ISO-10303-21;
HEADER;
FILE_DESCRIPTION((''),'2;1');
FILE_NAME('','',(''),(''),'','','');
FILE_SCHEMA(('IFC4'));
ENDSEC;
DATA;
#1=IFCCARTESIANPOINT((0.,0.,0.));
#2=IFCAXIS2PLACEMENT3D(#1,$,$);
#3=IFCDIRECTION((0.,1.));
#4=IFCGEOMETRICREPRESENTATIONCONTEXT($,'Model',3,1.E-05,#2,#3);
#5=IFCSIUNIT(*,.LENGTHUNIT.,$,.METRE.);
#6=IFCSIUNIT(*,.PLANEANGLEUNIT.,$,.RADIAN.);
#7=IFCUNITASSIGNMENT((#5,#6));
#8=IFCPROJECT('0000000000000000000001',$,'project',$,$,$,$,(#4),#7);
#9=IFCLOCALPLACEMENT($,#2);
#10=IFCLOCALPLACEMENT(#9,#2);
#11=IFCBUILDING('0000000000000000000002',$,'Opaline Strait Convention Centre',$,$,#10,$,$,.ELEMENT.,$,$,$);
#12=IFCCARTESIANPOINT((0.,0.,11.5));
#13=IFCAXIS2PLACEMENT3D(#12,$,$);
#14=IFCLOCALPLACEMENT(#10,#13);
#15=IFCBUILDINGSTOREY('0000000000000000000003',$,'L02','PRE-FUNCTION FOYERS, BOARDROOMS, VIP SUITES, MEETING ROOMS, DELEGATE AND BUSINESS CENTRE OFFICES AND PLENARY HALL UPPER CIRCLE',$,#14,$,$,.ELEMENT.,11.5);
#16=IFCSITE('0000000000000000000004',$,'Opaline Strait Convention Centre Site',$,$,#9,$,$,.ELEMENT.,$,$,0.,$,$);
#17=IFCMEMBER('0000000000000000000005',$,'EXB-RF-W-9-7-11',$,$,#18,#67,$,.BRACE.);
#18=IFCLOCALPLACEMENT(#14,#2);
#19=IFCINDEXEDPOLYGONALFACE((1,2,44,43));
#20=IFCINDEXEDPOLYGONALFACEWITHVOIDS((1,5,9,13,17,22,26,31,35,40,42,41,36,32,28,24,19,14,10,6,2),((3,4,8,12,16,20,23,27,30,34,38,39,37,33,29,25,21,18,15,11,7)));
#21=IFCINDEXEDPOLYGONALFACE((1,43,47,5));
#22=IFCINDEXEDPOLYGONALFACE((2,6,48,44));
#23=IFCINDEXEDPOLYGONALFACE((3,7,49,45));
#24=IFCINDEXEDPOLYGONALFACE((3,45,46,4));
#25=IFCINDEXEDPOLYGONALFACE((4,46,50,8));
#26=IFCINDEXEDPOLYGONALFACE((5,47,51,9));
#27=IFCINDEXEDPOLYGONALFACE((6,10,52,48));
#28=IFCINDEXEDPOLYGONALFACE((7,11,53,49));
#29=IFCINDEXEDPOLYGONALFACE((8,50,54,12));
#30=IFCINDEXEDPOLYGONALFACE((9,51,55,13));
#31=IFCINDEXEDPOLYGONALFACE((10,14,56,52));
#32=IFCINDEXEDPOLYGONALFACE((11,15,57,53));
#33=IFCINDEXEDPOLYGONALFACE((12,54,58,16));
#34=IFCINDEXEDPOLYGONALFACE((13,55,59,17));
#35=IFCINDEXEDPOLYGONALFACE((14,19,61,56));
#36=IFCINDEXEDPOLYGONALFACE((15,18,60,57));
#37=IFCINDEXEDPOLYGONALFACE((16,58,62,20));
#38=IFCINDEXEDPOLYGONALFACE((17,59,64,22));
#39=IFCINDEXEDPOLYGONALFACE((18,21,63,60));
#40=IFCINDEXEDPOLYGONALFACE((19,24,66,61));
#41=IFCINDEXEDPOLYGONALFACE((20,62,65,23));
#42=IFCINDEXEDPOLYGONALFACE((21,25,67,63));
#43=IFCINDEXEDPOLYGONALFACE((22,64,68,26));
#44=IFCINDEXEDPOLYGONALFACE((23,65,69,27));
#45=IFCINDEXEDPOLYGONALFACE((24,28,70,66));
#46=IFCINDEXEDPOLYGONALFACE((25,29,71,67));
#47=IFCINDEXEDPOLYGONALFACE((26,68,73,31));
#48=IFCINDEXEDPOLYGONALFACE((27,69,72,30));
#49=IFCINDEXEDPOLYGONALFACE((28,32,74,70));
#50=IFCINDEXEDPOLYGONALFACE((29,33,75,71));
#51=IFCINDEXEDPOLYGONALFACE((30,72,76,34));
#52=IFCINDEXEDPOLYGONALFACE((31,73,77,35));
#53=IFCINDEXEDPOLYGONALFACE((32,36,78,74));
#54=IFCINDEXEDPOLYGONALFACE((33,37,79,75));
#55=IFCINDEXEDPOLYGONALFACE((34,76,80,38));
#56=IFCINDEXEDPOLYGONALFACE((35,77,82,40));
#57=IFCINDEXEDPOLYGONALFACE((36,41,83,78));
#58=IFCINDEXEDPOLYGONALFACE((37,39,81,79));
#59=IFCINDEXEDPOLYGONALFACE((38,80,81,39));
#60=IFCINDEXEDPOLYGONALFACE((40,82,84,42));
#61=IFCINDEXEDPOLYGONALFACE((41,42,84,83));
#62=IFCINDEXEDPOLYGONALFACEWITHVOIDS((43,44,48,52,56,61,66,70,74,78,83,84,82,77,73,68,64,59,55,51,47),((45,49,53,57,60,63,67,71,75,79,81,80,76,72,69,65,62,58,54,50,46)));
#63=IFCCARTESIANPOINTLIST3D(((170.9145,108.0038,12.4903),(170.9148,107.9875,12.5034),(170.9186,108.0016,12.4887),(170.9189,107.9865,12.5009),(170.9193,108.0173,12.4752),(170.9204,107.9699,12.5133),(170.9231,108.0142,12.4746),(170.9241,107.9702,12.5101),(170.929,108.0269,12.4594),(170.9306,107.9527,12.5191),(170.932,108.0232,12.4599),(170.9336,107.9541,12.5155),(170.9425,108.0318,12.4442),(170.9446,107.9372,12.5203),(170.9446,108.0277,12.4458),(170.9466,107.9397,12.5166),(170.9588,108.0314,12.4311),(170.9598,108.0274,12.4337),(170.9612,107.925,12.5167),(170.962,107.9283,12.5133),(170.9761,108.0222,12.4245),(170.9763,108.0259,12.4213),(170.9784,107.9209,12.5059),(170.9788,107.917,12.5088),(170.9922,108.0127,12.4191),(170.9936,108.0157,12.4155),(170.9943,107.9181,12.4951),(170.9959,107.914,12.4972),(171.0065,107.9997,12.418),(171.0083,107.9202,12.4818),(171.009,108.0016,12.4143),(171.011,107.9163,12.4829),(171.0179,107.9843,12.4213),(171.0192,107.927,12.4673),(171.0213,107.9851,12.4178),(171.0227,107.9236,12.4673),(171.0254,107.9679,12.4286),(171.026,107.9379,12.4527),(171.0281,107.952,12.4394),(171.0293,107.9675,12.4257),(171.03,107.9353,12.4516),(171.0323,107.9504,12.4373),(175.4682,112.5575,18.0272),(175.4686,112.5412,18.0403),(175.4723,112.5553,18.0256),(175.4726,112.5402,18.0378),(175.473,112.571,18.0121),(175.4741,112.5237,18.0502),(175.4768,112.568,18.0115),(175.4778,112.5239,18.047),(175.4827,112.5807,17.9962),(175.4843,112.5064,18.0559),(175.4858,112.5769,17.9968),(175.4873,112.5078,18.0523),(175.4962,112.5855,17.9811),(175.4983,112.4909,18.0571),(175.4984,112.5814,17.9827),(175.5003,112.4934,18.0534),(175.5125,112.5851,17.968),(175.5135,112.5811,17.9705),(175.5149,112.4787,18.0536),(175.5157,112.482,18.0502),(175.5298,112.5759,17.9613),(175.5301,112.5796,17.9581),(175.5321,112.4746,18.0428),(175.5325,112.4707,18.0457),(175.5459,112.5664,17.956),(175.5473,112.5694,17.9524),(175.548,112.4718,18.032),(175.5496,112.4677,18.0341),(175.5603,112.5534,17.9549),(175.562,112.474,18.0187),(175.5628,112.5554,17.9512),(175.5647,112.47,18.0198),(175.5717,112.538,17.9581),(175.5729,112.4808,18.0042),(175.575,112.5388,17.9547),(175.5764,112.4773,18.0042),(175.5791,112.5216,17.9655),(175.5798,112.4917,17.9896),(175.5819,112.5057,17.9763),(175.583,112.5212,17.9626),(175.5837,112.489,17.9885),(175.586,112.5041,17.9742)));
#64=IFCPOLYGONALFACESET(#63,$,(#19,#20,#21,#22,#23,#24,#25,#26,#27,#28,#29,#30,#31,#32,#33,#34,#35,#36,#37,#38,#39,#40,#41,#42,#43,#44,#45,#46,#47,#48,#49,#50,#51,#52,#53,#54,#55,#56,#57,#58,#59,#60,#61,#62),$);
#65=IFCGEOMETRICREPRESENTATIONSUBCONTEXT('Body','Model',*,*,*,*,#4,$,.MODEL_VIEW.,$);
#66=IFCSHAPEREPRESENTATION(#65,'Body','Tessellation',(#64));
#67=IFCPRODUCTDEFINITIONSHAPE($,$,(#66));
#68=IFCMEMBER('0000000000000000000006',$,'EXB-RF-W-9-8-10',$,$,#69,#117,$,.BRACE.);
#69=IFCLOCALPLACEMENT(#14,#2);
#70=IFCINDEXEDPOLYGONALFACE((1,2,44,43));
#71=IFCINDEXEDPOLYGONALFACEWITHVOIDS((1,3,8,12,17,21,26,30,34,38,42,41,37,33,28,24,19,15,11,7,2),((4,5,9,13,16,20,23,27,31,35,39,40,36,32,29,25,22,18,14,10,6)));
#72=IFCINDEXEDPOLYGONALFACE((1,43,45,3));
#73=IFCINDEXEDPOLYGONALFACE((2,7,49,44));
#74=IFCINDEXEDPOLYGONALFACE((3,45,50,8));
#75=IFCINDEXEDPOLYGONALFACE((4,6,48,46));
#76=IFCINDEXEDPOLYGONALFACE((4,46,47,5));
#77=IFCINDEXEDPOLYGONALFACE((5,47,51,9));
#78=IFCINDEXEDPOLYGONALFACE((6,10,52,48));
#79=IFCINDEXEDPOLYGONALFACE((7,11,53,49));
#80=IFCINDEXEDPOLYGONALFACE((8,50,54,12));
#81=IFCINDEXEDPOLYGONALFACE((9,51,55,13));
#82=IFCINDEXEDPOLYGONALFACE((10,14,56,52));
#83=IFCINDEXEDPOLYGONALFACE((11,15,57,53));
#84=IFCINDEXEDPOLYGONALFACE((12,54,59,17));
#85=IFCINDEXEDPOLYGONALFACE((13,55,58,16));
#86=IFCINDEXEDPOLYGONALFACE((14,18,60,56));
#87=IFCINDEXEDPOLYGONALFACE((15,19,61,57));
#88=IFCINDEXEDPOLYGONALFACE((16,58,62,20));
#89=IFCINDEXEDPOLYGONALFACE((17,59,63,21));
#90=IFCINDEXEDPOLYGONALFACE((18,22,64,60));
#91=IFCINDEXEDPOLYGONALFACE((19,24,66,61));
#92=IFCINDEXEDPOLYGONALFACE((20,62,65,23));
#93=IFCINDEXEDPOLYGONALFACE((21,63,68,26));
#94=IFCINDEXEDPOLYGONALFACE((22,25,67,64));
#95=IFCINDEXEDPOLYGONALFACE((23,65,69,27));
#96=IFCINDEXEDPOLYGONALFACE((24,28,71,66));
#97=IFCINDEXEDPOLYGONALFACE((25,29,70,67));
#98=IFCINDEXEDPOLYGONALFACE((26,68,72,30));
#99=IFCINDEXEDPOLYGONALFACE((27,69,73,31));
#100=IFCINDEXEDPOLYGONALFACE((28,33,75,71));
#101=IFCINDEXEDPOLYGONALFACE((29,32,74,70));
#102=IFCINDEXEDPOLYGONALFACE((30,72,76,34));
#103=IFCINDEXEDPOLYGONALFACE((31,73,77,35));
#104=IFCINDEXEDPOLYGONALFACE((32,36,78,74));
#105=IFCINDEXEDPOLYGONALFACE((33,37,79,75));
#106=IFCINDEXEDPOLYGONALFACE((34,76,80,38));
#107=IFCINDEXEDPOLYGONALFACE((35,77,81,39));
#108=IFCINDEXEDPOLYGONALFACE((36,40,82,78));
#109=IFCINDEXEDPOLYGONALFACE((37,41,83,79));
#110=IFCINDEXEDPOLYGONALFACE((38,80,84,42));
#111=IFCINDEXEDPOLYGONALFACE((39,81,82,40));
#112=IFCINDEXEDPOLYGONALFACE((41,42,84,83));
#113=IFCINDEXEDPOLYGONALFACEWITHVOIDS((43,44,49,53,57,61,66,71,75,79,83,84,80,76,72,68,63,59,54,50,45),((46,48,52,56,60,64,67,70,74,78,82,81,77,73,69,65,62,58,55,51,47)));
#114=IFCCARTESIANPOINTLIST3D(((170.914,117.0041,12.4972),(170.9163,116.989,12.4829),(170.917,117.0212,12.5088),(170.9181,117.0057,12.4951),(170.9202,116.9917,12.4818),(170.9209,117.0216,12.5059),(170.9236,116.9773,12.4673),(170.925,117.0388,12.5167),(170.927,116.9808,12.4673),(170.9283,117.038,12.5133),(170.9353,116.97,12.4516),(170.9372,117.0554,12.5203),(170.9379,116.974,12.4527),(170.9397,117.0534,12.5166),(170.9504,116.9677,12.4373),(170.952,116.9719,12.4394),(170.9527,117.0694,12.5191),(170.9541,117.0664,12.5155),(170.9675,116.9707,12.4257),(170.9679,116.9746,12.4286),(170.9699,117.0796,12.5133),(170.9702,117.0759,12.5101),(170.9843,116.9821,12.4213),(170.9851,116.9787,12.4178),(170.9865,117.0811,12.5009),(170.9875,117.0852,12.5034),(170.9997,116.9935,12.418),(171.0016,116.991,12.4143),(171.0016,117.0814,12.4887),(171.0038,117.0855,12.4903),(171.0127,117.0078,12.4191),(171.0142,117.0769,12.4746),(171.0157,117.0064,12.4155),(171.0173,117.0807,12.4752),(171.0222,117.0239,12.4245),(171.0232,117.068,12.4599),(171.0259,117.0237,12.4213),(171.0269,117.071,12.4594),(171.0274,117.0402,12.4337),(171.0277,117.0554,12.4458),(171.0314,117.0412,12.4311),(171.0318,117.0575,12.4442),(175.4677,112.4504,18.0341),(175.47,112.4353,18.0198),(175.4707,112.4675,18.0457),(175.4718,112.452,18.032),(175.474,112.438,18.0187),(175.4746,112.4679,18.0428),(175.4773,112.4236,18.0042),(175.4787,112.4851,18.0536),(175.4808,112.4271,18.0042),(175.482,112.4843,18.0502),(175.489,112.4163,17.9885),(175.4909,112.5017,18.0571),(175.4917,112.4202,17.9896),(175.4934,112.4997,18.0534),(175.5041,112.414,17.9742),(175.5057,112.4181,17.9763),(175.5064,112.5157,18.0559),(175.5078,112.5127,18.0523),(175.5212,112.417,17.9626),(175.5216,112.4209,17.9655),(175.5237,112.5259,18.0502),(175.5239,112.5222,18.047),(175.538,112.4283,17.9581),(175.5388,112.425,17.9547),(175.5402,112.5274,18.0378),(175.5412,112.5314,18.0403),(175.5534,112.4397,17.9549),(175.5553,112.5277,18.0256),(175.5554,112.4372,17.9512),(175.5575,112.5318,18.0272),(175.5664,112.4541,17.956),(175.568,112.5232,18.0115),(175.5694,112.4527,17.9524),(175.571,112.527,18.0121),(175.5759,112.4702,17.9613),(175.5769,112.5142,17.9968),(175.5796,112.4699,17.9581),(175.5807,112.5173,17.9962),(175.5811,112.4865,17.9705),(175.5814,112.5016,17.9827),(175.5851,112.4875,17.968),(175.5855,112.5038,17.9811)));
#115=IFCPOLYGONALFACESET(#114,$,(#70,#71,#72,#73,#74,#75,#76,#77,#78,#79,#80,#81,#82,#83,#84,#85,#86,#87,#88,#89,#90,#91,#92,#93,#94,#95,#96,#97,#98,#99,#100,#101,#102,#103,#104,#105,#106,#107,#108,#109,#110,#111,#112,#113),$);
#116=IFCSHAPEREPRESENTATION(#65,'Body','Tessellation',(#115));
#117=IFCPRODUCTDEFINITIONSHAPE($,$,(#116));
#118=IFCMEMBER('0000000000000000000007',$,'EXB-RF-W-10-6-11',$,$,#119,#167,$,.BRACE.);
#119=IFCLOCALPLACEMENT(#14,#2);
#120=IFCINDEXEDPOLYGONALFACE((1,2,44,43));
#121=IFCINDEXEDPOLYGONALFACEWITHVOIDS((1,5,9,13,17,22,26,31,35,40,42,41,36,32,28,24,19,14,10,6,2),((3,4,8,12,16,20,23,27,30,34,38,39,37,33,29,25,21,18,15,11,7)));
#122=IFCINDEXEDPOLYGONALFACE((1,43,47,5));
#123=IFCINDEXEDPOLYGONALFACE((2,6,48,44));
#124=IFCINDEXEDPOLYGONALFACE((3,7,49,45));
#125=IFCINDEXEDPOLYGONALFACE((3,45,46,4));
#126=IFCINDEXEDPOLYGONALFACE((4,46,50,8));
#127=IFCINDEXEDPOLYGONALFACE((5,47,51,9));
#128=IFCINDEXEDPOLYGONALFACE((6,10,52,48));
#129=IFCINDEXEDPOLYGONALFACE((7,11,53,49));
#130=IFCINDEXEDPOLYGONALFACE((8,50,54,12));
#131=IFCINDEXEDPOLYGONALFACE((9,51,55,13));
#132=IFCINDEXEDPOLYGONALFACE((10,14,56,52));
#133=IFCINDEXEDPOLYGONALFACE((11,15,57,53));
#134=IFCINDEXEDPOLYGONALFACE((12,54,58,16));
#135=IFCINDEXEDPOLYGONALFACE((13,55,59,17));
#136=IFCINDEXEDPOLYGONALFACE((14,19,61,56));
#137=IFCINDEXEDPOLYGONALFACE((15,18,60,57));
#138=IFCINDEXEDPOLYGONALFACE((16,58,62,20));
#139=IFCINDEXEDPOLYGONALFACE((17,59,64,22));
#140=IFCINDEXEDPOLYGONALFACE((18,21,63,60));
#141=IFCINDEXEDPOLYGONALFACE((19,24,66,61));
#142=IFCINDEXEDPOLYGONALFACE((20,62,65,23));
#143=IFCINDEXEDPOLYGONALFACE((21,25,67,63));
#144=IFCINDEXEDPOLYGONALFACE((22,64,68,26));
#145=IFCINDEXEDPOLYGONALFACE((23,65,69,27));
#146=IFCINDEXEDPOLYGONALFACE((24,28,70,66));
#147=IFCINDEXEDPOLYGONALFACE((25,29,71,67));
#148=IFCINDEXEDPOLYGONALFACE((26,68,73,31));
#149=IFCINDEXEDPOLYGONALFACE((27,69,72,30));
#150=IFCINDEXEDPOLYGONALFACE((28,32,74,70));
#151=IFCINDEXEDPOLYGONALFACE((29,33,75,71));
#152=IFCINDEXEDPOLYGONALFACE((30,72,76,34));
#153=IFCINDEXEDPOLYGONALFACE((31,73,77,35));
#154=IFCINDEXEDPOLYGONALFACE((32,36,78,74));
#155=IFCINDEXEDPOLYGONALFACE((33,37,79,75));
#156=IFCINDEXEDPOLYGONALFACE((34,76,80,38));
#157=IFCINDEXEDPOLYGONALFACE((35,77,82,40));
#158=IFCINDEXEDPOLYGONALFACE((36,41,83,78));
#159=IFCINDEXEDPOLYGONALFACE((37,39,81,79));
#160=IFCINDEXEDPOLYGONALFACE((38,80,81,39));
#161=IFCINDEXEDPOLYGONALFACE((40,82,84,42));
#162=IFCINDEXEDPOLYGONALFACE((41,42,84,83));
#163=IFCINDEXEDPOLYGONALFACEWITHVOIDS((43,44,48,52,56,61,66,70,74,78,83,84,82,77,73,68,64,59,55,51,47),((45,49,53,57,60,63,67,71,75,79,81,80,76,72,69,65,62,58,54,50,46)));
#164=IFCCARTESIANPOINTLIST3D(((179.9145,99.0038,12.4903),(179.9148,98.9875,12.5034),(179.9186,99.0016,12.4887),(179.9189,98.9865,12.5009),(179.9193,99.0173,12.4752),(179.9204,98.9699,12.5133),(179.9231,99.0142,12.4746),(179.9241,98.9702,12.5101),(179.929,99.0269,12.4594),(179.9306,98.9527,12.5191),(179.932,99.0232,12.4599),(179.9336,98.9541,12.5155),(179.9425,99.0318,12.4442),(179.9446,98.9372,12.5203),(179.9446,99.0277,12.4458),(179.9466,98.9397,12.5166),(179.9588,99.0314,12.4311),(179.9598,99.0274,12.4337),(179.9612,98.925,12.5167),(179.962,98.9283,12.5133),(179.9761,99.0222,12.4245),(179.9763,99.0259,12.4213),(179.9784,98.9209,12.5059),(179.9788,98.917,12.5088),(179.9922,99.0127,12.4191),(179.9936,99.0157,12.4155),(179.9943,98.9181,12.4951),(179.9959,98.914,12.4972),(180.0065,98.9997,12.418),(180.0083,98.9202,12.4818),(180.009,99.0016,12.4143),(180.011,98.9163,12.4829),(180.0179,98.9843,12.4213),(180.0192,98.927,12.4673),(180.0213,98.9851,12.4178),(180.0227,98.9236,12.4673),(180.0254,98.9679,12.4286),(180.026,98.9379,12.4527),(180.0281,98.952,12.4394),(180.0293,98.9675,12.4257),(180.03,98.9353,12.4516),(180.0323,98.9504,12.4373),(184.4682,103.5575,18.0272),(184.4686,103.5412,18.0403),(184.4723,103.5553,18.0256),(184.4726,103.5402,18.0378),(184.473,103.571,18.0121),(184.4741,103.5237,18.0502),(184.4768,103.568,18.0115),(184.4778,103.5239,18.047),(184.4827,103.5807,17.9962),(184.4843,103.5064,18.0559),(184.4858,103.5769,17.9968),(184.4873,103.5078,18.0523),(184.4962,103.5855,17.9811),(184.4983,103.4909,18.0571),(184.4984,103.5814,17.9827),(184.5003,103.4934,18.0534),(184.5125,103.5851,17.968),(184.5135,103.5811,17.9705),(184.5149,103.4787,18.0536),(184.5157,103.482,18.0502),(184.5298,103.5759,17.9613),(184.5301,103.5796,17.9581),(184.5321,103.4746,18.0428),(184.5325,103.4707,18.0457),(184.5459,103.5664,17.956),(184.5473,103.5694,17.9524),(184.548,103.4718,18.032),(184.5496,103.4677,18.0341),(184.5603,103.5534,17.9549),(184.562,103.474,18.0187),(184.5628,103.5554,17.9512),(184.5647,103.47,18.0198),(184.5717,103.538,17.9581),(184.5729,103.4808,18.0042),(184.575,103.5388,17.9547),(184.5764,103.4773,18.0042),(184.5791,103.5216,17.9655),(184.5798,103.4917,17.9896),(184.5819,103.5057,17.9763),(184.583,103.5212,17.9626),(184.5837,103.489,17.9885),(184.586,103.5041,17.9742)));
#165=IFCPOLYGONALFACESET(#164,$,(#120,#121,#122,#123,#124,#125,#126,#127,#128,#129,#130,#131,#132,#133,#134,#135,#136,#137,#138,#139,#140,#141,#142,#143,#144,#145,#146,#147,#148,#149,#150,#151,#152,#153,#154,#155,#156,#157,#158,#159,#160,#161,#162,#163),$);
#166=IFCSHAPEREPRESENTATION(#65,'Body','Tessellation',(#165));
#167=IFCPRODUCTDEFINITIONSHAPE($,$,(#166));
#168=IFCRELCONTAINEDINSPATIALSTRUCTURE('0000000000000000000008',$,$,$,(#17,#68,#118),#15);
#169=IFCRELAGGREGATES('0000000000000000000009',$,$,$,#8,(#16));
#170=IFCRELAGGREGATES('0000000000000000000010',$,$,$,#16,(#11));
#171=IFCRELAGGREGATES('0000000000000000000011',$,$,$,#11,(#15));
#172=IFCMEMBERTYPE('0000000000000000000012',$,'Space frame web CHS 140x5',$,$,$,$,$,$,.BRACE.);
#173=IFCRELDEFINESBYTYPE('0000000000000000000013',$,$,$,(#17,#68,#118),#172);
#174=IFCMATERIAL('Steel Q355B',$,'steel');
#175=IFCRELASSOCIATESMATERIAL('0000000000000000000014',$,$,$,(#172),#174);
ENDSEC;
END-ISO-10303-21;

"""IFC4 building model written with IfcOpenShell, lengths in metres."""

from ifc_helpers import new_model, si_unit, direction, frame, origin, origin_2d, place, context, subcontext, project, spatial, hollow_circle, extrude, material, material_profile, profile_set, type_object, element, save


model = new_model("IFC4")

# Units and contexts
model_context = context("Model", 3, precision=1e-05, world=origin(), true_north=direction((0.0, 1.0)))
body_context = subcontext(model_context, "Body", "Model", "MODEL_VIEW")
ifc_project = project(units=[si_unit("LENGTHUNIT", "METRE"), si_unit("PLANEANGLEUNIT", "RADIAN")], contexts=[model_context])

# Site, building, storey
site_placement = place(None, origin())
site = spatial("IfcSite", under=ifc_project, at=site_placement, Name="Opaline Strait Convention Centre Site", CompositionType="ELEMENT", RefElevation=0.0)
building_placement = place(site_placement, origin())
building = spatial("IfcBuilding", under=site, at=building_placement, Name="Opaline Strait Convention Centre", CompositionType="ELEMENT")
storey_placement = place(building_placement, frame((0.0, 0.0, 11.5)))
storey = spatial("IfcBuildingStorey", under=building, at=storey_placement, Name="L02", Description="PRE-FUNCTION FOYERS, BOARDROOMS, VIP SUITES, MEETING ROOMS, DELEGATE AND BUSINESS CENTRE OFFICES AND PLENARY HALL UPPER CIRCLE", CompositionType="ELEMENT", Elevation=11.5)

# Members
ifc_material = material(Name="Steel Q355B", Category="steel")
ifc_material_profile_1 = material_profile(ifc_material, hollow_circle(Radius=0.0701, WallThickness=0.0049, at=origin_2d()), Name="CHS 140x5")
ifc_profile_set_1 = profile_set([ifc_material_profile_1], Name="Steel Q355B")
member_type_1 = type_object("IfcMemberType", Name="Space frame web CHS 140x5", PredefinedType="BRACE", material=ifc_profile_set_1)
for number, where, z_axis, x_axis, name in (
    (1, (175.5269, 112.5269, 18.0042), (-0.536178, -0.536178, -0.65194), (0.707107, -0.707107, 0.0), "EXB-RF-W-9-7-11"),
    (2, (175.5269, 112.4731, 18.0042), (-0.536178, 0.536178, -0.65194), (-0.707107, -0.707107, 0.0), "EXB-RF-W-9-8-10"),
    (3, (184.5269, 103.5269, 18.0042), (-0.536178, -0.536178, -0.65194), (0.707107, -0.707107, 0.0), "EXB-RF-W-10-6-11"),
):
    element("IfcMember", number, at=place(storey_placement, frame(where, z_axis=z_axis, x_axis=x_axis)), inside=storey, type_object=member_type_1, Name=name, PredefinedType="BRACE", context=body_context, shape_type="SweptSolid", body=[
        extrude(hollow_circle(Radius=0.0701, WallThickness=0.0049, at=origin_2d()), origin(), (0.0, 0.0, 1.0), 8.4929),
    ])

save(model, "model.ifc")
